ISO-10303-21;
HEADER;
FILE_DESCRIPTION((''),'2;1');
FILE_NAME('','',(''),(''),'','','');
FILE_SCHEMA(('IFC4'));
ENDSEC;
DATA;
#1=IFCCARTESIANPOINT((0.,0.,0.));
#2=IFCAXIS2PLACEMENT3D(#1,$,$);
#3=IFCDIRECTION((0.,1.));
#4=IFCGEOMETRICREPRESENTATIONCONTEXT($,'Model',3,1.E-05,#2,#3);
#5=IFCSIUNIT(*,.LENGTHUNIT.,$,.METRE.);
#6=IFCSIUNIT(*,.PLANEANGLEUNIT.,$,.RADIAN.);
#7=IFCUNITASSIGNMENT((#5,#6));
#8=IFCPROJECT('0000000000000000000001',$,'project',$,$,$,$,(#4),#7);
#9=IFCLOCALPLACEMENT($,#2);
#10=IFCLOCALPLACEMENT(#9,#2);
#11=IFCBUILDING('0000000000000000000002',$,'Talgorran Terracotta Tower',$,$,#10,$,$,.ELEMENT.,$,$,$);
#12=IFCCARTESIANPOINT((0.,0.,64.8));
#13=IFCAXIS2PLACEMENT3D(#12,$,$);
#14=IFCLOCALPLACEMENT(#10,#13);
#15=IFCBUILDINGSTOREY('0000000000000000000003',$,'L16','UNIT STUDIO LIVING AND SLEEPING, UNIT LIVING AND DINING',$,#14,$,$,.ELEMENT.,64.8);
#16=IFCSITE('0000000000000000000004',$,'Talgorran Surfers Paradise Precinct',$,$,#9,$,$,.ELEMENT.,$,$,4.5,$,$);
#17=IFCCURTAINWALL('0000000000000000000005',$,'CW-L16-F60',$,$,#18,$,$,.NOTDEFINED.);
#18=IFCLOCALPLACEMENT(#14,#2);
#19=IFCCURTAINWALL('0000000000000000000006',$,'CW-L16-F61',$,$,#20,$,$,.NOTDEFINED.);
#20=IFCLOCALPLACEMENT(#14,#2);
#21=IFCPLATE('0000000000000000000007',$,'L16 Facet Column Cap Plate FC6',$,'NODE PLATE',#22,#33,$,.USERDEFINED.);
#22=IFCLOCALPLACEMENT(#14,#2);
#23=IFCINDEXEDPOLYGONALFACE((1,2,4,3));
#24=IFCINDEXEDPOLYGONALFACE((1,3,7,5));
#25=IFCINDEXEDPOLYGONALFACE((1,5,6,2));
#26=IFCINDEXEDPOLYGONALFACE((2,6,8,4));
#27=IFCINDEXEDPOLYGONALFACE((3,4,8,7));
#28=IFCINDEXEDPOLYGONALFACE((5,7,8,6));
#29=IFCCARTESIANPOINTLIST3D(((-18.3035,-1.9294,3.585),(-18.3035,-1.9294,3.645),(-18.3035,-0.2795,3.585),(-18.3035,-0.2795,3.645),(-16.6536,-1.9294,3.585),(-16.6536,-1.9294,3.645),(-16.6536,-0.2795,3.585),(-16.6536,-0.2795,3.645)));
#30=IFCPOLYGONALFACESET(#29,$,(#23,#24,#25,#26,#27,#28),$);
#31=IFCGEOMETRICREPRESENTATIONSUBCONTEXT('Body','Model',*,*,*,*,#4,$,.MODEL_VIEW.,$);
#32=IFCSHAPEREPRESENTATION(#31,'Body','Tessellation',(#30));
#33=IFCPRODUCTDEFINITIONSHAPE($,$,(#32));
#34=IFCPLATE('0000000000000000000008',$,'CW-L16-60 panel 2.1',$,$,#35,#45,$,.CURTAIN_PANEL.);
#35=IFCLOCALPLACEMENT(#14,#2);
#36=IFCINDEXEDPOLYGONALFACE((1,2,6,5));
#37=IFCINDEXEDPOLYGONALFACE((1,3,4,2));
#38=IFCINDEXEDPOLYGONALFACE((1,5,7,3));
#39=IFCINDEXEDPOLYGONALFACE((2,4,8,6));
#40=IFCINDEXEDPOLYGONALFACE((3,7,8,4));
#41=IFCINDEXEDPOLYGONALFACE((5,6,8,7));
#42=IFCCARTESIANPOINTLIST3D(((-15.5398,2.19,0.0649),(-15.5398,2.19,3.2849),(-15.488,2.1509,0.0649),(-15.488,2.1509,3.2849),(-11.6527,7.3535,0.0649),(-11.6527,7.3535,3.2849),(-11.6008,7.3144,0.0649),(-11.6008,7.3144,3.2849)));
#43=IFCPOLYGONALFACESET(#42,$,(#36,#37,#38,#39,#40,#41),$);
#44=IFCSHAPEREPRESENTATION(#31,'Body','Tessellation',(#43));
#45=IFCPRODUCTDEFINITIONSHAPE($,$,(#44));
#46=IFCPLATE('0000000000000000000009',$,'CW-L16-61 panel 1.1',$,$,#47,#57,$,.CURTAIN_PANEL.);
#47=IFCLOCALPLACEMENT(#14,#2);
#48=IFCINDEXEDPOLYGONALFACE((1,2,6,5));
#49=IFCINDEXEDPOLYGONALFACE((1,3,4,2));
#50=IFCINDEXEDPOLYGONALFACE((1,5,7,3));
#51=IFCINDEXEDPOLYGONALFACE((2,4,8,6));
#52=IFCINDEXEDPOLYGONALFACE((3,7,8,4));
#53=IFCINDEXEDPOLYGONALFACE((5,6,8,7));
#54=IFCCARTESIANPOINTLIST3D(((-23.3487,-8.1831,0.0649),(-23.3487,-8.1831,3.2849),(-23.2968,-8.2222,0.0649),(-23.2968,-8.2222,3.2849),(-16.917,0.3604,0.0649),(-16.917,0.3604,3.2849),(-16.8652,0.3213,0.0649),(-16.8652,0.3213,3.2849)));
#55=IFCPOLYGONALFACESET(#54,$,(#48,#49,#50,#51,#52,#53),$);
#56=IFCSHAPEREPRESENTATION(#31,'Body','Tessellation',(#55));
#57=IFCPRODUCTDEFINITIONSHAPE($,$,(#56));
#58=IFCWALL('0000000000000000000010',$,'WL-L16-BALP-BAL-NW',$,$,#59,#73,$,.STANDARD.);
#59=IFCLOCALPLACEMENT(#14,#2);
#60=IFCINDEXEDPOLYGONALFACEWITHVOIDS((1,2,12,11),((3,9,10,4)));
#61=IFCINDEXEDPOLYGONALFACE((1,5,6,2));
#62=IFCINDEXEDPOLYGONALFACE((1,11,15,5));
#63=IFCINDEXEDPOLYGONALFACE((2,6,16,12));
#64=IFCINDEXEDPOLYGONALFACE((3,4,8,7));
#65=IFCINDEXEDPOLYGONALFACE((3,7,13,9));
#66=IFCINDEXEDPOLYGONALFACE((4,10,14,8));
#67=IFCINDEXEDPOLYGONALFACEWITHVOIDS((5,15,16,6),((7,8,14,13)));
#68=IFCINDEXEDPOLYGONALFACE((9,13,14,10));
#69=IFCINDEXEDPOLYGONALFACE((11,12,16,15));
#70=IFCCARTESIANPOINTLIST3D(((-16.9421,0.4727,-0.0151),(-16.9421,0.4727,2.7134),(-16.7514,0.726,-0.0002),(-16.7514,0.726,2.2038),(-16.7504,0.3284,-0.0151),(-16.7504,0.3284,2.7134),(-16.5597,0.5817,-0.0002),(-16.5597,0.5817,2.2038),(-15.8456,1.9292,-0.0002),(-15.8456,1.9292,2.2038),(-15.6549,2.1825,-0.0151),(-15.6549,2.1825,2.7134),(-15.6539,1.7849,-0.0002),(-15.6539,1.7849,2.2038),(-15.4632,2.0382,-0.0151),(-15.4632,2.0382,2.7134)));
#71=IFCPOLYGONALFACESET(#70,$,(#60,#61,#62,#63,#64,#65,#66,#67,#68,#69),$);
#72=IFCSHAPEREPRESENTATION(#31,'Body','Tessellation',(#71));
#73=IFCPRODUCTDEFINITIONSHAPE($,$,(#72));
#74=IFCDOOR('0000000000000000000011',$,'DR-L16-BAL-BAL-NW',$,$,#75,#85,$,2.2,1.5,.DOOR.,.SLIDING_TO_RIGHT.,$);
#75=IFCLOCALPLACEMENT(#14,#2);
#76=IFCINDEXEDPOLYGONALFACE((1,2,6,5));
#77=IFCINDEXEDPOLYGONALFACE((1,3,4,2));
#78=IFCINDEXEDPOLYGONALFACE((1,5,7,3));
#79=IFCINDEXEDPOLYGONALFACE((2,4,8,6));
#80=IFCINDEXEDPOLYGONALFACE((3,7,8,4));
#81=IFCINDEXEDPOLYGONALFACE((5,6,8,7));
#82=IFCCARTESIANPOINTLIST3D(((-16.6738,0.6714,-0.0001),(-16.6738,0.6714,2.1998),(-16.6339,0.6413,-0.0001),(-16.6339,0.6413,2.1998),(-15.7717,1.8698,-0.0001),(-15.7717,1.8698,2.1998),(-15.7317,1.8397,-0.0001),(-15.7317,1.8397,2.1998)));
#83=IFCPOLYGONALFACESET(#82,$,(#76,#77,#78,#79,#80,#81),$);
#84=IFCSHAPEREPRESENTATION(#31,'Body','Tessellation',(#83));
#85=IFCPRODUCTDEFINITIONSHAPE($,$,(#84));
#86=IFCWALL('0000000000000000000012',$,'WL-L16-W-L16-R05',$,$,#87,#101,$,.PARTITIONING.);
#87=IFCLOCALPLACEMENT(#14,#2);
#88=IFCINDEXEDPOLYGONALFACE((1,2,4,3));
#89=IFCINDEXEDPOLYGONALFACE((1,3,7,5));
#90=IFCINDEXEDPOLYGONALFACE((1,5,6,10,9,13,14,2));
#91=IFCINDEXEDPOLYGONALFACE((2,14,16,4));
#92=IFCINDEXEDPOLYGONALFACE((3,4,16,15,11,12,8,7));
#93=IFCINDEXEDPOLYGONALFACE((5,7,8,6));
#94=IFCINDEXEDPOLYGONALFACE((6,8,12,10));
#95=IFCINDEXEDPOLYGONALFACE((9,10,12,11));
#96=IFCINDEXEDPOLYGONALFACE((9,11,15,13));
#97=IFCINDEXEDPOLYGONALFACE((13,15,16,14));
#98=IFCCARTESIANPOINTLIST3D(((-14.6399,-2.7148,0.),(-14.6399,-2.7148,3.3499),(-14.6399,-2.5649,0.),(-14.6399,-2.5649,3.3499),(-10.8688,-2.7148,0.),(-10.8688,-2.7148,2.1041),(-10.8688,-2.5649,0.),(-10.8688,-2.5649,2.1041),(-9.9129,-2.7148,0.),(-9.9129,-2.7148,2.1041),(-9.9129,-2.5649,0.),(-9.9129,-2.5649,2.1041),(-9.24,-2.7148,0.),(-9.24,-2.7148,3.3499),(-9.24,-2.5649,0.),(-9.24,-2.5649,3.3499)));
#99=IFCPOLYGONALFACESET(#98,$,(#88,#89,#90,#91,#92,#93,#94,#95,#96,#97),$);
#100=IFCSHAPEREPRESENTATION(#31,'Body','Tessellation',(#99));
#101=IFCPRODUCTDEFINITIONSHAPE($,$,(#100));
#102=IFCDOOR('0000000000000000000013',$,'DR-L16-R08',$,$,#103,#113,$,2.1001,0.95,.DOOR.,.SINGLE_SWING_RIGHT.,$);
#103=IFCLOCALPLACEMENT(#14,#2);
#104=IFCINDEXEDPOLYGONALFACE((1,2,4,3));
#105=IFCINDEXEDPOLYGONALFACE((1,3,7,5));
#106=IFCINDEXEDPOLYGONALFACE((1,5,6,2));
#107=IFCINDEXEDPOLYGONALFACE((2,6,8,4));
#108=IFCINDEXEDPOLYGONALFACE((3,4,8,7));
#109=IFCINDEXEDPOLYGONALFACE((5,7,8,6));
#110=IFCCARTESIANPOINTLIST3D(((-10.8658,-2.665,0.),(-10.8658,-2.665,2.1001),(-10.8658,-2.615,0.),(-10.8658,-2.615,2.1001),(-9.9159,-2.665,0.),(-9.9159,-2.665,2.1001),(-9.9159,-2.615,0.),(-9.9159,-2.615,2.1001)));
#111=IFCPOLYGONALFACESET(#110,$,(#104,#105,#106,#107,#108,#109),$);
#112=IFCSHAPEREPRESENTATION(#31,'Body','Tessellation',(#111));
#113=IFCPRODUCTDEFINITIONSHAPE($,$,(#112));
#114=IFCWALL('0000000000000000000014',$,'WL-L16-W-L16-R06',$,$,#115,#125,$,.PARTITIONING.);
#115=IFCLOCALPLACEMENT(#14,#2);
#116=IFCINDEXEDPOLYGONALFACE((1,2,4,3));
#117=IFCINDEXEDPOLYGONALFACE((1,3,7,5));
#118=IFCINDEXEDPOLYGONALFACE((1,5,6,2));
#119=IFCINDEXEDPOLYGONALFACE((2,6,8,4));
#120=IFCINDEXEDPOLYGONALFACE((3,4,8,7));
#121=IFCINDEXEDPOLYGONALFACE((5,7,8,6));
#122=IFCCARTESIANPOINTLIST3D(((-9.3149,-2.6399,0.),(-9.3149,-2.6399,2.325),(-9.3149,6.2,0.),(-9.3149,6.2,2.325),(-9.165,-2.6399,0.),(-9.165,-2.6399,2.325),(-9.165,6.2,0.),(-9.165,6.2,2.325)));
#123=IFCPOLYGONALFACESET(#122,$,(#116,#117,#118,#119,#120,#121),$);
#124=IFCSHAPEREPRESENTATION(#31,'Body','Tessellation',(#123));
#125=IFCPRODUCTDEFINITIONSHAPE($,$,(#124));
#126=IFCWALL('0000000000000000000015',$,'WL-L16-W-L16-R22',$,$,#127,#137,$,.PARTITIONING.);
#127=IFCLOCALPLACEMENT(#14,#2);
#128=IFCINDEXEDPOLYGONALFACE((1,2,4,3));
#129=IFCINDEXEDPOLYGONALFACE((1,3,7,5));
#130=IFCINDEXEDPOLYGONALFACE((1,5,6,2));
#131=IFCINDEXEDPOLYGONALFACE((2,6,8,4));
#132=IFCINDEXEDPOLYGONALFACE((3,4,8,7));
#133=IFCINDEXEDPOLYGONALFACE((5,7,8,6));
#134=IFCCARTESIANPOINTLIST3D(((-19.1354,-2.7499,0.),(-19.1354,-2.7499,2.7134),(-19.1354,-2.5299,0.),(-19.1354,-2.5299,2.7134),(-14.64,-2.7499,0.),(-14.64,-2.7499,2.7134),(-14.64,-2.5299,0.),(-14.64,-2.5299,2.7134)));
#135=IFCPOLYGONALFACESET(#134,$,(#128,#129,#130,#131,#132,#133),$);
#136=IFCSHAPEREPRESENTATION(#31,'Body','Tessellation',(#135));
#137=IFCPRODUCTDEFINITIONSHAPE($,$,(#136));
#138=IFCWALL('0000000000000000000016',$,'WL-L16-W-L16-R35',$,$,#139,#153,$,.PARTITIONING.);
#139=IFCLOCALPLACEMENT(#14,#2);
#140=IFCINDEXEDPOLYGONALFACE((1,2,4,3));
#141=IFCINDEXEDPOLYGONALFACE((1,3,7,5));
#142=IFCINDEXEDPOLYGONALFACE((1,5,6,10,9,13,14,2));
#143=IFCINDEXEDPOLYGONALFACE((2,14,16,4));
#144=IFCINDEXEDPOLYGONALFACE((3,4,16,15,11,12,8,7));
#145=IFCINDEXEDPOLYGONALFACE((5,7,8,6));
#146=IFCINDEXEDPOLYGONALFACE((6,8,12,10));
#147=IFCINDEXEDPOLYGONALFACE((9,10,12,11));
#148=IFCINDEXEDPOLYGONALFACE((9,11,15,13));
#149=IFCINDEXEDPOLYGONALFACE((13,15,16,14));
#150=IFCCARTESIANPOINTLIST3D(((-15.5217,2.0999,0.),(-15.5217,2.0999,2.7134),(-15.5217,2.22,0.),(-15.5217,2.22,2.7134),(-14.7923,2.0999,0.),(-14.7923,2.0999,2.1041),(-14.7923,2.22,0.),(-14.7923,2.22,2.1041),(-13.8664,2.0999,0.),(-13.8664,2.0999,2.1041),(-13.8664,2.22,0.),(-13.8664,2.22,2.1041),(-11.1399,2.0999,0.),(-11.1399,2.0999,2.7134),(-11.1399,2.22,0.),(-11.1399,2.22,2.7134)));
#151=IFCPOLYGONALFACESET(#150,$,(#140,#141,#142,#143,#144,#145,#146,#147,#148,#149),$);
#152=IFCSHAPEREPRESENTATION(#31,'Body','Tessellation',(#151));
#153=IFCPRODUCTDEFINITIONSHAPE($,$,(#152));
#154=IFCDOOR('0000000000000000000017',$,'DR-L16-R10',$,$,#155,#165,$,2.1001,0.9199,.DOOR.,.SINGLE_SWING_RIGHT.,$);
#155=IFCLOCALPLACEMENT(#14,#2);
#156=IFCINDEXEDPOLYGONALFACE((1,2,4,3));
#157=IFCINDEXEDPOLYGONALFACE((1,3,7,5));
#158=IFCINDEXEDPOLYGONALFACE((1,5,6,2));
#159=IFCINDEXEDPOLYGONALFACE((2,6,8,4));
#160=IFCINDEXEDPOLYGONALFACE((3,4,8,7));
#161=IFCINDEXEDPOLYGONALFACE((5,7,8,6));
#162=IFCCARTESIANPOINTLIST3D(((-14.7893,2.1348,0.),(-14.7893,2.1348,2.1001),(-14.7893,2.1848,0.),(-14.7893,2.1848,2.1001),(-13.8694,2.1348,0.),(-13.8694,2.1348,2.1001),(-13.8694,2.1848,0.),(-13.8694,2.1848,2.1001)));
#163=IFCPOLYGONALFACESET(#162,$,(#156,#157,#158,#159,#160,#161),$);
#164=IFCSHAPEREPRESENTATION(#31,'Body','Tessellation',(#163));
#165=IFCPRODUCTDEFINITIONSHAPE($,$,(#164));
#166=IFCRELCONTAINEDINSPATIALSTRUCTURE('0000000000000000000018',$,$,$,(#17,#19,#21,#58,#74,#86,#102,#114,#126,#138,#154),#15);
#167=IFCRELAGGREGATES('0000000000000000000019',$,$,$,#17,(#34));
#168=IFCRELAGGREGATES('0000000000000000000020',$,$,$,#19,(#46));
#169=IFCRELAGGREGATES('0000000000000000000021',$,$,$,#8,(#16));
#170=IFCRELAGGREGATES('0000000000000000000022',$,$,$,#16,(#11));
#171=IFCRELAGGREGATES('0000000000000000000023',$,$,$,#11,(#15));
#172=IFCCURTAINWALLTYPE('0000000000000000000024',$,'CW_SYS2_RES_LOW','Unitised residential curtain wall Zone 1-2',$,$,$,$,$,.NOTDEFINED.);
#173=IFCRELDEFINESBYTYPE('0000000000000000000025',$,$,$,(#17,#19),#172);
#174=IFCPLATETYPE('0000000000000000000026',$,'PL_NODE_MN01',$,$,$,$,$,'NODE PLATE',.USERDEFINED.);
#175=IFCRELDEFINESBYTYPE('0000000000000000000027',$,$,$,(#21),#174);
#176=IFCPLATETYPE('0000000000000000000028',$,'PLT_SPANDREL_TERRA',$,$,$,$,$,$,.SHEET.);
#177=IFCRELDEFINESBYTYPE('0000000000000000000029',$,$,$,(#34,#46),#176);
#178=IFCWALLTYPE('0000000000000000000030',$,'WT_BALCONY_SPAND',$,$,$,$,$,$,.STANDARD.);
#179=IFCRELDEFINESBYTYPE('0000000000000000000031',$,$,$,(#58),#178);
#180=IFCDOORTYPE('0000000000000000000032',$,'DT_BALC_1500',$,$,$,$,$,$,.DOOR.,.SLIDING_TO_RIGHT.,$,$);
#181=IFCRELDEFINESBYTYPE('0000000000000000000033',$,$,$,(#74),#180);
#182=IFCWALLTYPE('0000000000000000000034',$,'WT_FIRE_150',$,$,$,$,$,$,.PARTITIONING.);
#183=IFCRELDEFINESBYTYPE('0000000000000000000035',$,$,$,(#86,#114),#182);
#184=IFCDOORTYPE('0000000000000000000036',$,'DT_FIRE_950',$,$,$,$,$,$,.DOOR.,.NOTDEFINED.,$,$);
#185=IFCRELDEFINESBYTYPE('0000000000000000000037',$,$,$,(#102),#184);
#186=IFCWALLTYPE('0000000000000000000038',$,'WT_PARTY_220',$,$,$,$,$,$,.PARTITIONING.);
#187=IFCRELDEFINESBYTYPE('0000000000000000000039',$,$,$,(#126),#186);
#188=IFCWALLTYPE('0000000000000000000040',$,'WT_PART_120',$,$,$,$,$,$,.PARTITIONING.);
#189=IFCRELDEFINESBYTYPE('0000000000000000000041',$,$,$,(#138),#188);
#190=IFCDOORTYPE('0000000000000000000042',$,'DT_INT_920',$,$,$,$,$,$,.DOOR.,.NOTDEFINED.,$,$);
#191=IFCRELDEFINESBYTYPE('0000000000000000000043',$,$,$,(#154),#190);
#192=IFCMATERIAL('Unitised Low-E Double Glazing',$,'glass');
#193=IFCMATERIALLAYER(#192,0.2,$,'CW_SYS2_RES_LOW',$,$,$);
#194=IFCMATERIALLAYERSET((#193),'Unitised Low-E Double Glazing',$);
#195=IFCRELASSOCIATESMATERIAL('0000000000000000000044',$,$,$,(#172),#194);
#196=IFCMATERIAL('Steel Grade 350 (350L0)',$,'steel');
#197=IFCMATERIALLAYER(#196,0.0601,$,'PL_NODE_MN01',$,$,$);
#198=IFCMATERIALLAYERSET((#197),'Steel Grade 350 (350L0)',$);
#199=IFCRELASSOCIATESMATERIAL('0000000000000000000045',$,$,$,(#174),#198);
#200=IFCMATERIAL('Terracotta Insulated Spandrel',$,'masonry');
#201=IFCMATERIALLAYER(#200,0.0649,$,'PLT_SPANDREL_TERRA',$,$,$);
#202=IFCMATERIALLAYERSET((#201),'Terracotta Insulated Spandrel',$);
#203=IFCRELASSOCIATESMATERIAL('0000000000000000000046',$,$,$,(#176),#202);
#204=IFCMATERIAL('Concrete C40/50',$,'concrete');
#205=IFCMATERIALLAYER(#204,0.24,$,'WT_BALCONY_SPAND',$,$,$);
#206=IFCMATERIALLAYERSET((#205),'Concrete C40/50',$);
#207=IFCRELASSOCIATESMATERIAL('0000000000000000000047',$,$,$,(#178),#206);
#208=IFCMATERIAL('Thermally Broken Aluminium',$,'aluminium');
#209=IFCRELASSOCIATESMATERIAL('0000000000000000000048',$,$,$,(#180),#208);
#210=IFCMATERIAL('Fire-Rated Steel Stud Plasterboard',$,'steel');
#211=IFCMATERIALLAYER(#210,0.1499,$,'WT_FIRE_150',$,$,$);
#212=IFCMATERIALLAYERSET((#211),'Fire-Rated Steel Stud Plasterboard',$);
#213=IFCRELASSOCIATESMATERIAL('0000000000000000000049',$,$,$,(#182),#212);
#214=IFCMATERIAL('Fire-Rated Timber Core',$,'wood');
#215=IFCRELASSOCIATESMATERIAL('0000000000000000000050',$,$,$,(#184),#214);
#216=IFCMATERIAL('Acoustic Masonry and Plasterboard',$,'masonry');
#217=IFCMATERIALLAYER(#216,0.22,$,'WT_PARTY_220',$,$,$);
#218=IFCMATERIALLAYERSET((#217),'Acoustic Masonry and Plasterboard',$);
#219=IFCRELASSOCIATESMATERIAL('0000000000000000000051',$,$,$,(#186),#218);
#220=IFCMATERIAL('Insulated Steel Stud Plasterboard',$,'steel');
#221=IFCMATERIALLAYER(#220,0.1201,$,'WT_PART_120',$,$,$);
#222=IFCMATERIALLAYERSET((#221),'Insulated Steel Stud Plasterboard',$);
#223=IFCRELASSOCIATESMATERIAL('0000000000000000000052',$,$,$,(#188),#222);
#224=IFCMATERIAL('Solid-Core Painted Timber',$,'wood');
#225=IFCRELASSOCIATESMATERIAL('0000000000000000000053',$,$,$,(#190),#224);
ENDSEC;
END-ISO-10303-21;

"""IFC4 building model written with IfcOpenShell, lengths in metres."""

from ifc_helpers import new_model, si_unit, direction, frame, frame_2d, origin, origin_2d, place, context, subcontext, project, spatial, rectangle, extrude, source, transform, mapped, material, layer, layer_set, type_object, type_shapes, element, fill, aggregate, save


model = new_model("IFC4")

# Units and contexts
model_context = context("Model", 3, precision=1e-05, world=origin(), true_north=direction((0.0, 1.0)))
body_context = subcontext(model_context, "Body", "Model", "MODEL_VIEW")
ifc_project = project(units=[si_unit("LENGTHUNIT", "METRE"), si_unit("PLANEANGLEUNIT", "RADIAN")], contexts=[model_context])

# Site, building, storey
site_placement = place(None, origin())
site = spatial("IfcSite", under=ifc_project, at=site_placement, Name="Talgorran Surfers Paradise Precinct", CompositionType="ELEMENT", RefElevation=4.5)
building_placement = place(site_placement, origin())
building = spatial("IfcBuilding", under=site, at=building_placement, Name="Talgorran Terracotta Tower", CompositionType="ELEMENT")
storey_placement = place(building_placement, frame((0.0, 0.0, 64.8)))
storey = spatial("IfcBuildingStorey", under=building, at=storey_placement, Name="L16", Description="UNIT STUDIO LIVING AND SLEEPING, UNIT LIVING AND DINING", CompositionType="ELEMENT", Elevation=64.8)

# Shared definitions
ifc_material_1 = material(Name="Steel Grade 350 (350L0)", Category="steel")

# Curtain wall
ifc_material_2 = material(Name="Unitised Low-E Double Glazing", Category="glass")
ifc_layer_1 = layer(ifc_material_2, 0.2, Name="CW_SYS2_RES_LOW")
ifc_layer_set_1 = layer_set([ifc_layer_1], Name="Unitised Low-E Double Glazing")
curtain_wall_type = type_object("IfcCurtainWallType", Name="CW_SYS2_RES_LOW", Description="Unitised residential curtain wall Zone 1-2", PredefinedType="NOTDEFINED", material=ifc_layer_set_1)
curtain_wall_1_placement = place(storey_placement, origin())
curtain_wall_1 = element("IfcCurtainWall", 1, at=curtain_wall_1_placement, inside=storey, type_object=curtain_wall_type, Name="CW-L16-F60", PredefinedType="NOTDEFINED")

# Curtain wall
curtain_wall_2_placement = place(storey_placement, origin())
curtain_wall_2 = element("IfcCurtainWall", 2, at=curtain_wall_2_placement, inside=storey, type_object=curtain_wall_type, Name="CW-L16-F61", PredefinedType="NOTDEFINED")

# Plates
ifc_layer_2 = layer(ifc_material_1, 0.0601, Name="PL_NODE_MN01")
ifc_layer_set_2 = layer_set([ifc_layer_2], Name="Steel Grade 350 (350L0)")
plate_type_1 = type_object("IfcPlateType", Name="PL_NODE_MN01", ElementType="NODE PLATE", PredefinedType="USERDEFINED", material=ifc_layer_set_2)
plate_1_placement = place(storey_placement, frame((-17.4785, -1.1045, 3.585), z_axis=(0.0, 0.0, 1.0), x_axis=(1.0, 0.0, 0.0)))
element("IfcPlate", 3, at=plate_1_placement, inside=storey, type_object=plate_type_1, Name="L16 Facet Column Cap Plate FC6", ObjectType="NODE PLATE", PredefinedType="USERDEFINED", context=body_context, shape_type="SweptSolid", body=[
    extrude(rectangle(XDim=1.6499, YDim=1.6499, at=origin_2d()), origin(), (0.0, 0.0, 1.0), 0.0601),
])
ifc_material_3 = material(Name="Terracotta Insulated Spandrel", Category="masonry")
ifc_layer_3 = layer(ifc_material_3, 0.0649, Name="PLT_SPANDREL_TERRA")
ifc_layer_set_3 = layer_set([ifc_layer_3], Name="Terracotta Insulated Spandrel")
plate_type_2 = type_object("IfcPlateType", Name="PLT_SPANDREL_TERRA", PredefinedType="SHEET", material=ifc_layer_set_3)
shared_shape_1 = source(origin(), body_context, "Body", "SweptSolid", [
    extrude(rectangle(XDim=6.4631, YDim=0.0649, at=origin_2d()), origin(), (0.0, 0.0, 1.0), 3.22),
])
plate_2_placement = place(storey_placement, frame((-13.5703, 4.7522, 0.0649), z_axis=(0.0, 0.0, 1.0), x_axis=(-0.601439, -0.798919, 0.0)))
plate_2 = element("IfcPlate", 4, at=plate_2_placement, type_object=plate_type_2, Name="CW-L16-60 panel 2.1", PredefinedType="CURTAIN_PANEL", context=body_context, shape_type="MappedRepresentation", body=[
    mapped(shared_shape_1, transform((0.0, 0.0, 0.0), scale=1.0)),
])
aggregate(curtain_wall_1, [plate_2])
shared_shape_2 = source(origin(), body_context, "Body", "SweptSolid", [
    extrude(rectangle(XDim=10.6938, YDim=0.0649, at=origin_2d()), origin(), (0.0, 0.0, 1.0), 3.22),
])
type_shapes(plate_type_2, [shared_shape_1, shared_shape_2])
plate_3_placement = place(storey_placement, frame((-20.1069, -3.9309, 0.0649), z_axis=(0.0, 0.0, 1.0), x_axis=(-0.601437, -0.79892, 0.0)))
plate_3 = element("IfcPlate", 5, at=plate_3_placement, type_object=plate_type_2, Name="CW-L16-61 panel 1.1", PredefinedType="CURTAIN_PANEL", context=body_context, shape_type="MappedRepresentation", body=[
    mapped(shared_shape_2, transform((0.0, 0.0, 0.0), scale=1.0)),
])
aggregate(curtain_wall_2, [plate_3])

# Walls, openings, doors
ifc_material_4 = material(Name="Concrete C40/50", Category="concrete")
ifc_layer_4 = layer(ifc_material_4, 0.24, Name="WT_BALCONY_SPAND")
ifc_layer_set_4 = layer_set([ifc_layer_4], Name="Concrete C40/50")
wall_type_1 = type_object("IfcWallType", Name="WT_BALCONY_SPAND", PredefinedType="STANDARD", material=ifc_layer_set_4)
wall_1_placement = place(storey_placement, frame((-15.5591, 2.1104, -0.0151), z_axis=(0.0, 0.0, 1.0), x_axis=(-0.601441, -0.798917, 0.0)))
wall_1 = element("IfcWall", 6, at=wall_1_placement, inside=storey, type_object=wall_type_1, Name="WL-L16-BALP-BAL-NW", PredefinedType="STANDARD", context=body_context, shape_type="SweptSolid", body=[
    extrude(rectangle(XDim=2.1401, YDim=0.24, at=frame_2d((1.0701, 0.0))), origin(), (0.0, 0.0, 1.0), 2.7285),
])
opening_1_placement = place(wall_1_placement, frame((0.3201, 0.0, 0.0149)))
opening_1 = element("IfcOpeningElement", 7, at=opening_1_placement, cuts=wall_1, PredefinedType="OPENING", context=body_context, shape_type="SweptSolid", body=[
    extrude(rectangle(XDim=1.506, YDim=2.204, at=frame_2d((0.75, 1.1021))), frame((0.0, 0.1299, 0.0), z_axis=(0.0, -1.0, 0.0), x_axis=(1.0, 0.0, 0.0)), (0.0, 0.0, 1.0), 0.26),
])
ifc_material_5 = material(Name="Thermally Broken Aluminium", Category="aluminium")
door_type_1 = type_object("IfcDoorType", Name="DT_BALC_1500", OperationType="SLIDING_TO_RIGHT", PredefinedType="DOOR", material=ifc_material_5)
door_1_placement = place(opening_1_placement, origin())
door_1 = element("IfcDoor", 8, at=door_1_placement, inside=storey, type_object=door_type_1, Name="DR-L16-BAL-BAL-NW", OperationType="SLIDING_TO_RIGHT", OverallHeight=2.2, OverallWidth=1.5, PredefinedType="DOOR", context=body_context, shape_type="SweptSolid", body=[
    extrude(rectangle(XDim=1.5, YDim=2.2, at=frame_2d((0.75, 1.1001))), frame((0.0, 0.0249, 0.0), z_axis=(0.0, -1.0, 0.0), x_axis=(1.0, 0.0, 0.0)), (0.0, 0.0, 1.0), 0.05),
])
fill(opening_1, door_1)
ifc_material_6 = material(Name="Fire-Rated Steel Stud Plasterboard", Category="steel")
ifc_layer_5 = layer(ifc_material_6, 0.1499, Name="WT_FIRE_150")
ifc_layer_set_5 = layer_set([ifc_layer_5], Name="Fire-Rated Steel Stud Plasterboard")
wall_type_2 = type_object("IfcWallType", Name="WT_FIRE_150", PredefinedType="PARTITIONING", material=ifc_layer_set_5)
wall_2_placement = place(storey_placement, frame((-14.6399, -2.6399, 0.0), z_axis=(0.0, 0.0, 1.0), x_axis=(1.0, 0.0, 0.0)))
wall_2 = element("IfcWall", 9, at=wall_2_placement, inside=storey, type_object=wall_type_2, Name="WL-L16-W-L16-R05", PredefinedType="PARTITIONING", context=body_context, shape_type="SweptSolid", body=[
    extrude(rectangle(XDim=5.3999, YDim=0.1499, at=frame_2d((2.7, 0.0))), origin(), (0.0, 0.0, 1.0), 3.3499),
])
opening_2_placement = place(wall_2_placement, frame((3.7739, 0.0, 0.0)))
opening_2 = element("IfcOpeningElement", 10, at=opening_2_placement, cuts=wall_2, PredefinedType="OPENING", context=body_context, shape_type="SweptSolid", body=[
    extrude(rectangle(XDim=0.956, YDim=2.1041, at=frame_2d((0.4751, 1.052))), frame((0.0, 0.085, 0.0), z_axis=(0.0, -1.0, 0.0), x_axis=(1.0, 0.0, 0.0)), (0.0, 0.0, 1.0), 0.1699),
])
ifc_material_7 = material(Name="Fire-Rated Timber Core", Category="wood")
door_type_2 = type_object("IfcDoorType", Name="DT_FIRE_950", OperationType="NOTDEFINED", PredefinedType="DOOR", material=ifc_material_7)
door_2_placement = place(opening_2_placement, origin())
door_2 = element("IfcDoor", 11, at=door_2_placement, inside=storey, type_object=door_type_2, Name="DR-L16-R08", OperationType="SINGLE_SWING_RIGHT", OverallHeight=2.1001, OverallWidth=0.95, PredefinedType="DOOR", context=body_context, shape_type="SweptSolid", body=[
    extrude(rectangle(XDim=0.95, YDim=2.1001, at=frame_2d((0.4751, 1.05))), frame((0.0, 0.0249, 0.0), z_axis=(0.0, -1.0, 0.0), x_axis=(1.0, 0.0, 0.0)), (0.0, 0.0, 1.0), 0.05),
])
fill(opening_2, door_2)

# Walls
wall_3_placement = place(storey_placement, frame((-9.24, -2.6399, 0.0), z_axis=(0.0, 0.0, 1.0), x_axis=(0.0, 1.0, 0.0)))
element("IfcWall", 12, at=wall_3_placement, inside=storey, type_object=wall_type_2, Name="WL-L16-W-L16-R06", PredefinedType="PARTITIONING", context=body_context, shape_type="SweptSolid", body=[
    extrude(rectangle(XDim=8.8398, YDim=0.1499, at=frame_2d((4.4199, 0.0))), origin(), (0.0, 0.0, 1.0), 2.325),
])
ifc_material_8 = material(Name="Acoustic Masonry and Plasterboard", Category="masonry")
ifc_layer_6 = layer(ifc_material_8, 0.22, Name="WT_PARTY_220")
ifc_layer_set_6 = layer_set([ifc_layer_6], Name="Acoustic Masonry and Plasterboard")
wall_type_3 = type_object("IfcWallType", Name="WT_PARTY_220", PredefinedType="PARTITIONING", material=ifc_layer_set_6)
wall_4_placement = place(storey_placement, frame((-19.1353, -2.6399, 0.0), z_axis=(0.0, 0.0, 1.0), x_axis=(1.0, 0.0, 0.0)))
element("IfcWall", 13, at=wall_4_placement, inside=storey, type_object=wall_type_3, Name="WL-L16-W-L16-R22", PredefinedType="PARTITIONING", context=body_context, shape_type="SweptSolid", body=[
    extrude(rectangle(XDim=4.4954, YDim=0.22, at=frame_2d((2.2476, 0.0))), origin(), (0.0, 0.0, 1.0), 2.7134),
])

# Wall, opening, door
ifc_material_9 = material(Name="Insulated Steel Stud Plasterboard", Category="steel")
ifc_layer_7 = layer(ifc_material_9, 0.1201, Name="WT_PART_120")
ifc_layer_set_7 = layer_set([ifc_layer_7], Name="Insulated Steel Stud Plasterboard")
wall_type_4 = type_object("IfcWallType", Name="WT_PART_120", PredefinedType="PARTITIONING", material=ifc_layer_set_7)
wall_5_placement = place(storey_placement, frame((-15.5217, 2.1599, 0.0), z_axis=(0.0, 0.0, 1.0), x_axis=(1.0, 0.0, 0.0)))
wall_5 = element("IfcWall", 14, at=wall_5_placement, inside=storey, type_object=wall_type_4, Name="WL-L16-W-L16-R35", PredefinedType="PARTITIONING", context=body_context, shape_type="SweptSolid", body=[
    extrude(rectangle(XDim=4.3818, YDim=0.1201, at=frame_2d((2.1909, 0.0))), origin(), (0.0, 0.0, 1.0), 2.7134),
])
opening_3_placement = place(wall_5_placement, frame((0.7324, 0.0, 0.0)))
opening_3 = element("IfcOpeningElement", 15, at=opening_3_placement, cuts=wall_5, PredefinedType="OPENING", context=body_context, shape_type="SweptSolid", body=[
    extrude(rectangle(XDim=0.9259, YDim=2.1041, at=frame_2d((0.46, 1.052))), frame((0.0, 0.0701, 0.0), z_axis=(0.0, -1.0, 0.0), x_axis=(1.0, 0.0, 0.0)), (0.0, 0.0, 1.0), 0.1401),
])
ifc_material_10 = material(Name="Solid-Core Painted Timber", Category="wood")
door_type_3 = type_object("IfcDoorType", Name="DT_INT_920", OperationType="NOTDEFINED", PredefinedType="DOOR", material=ifc_material_10)
door_3_placement = place(opening_3_placement, origin())
door_3 = element("IfcDoor", 16, at=door_3_placement, inside=storey, type_object=door_type_3, Name="DR-L16-R10", OperationType="SINGLE_SWING_RIGHT", OverallHeight=2.1001, OverallWidth=0.9199, PredefinedType="DOOR", context=body_context, shape_type="SweptSolid", body=[
    extrude(rectangle(XDim=0.9199, YDim=2.1001, at=frame_2d((0.46, 1.05))), frame((0.0, 0.0249, 0.0), z_axis=(0.0, -1.0, 0.0), x_axis=(1.0, 0.0, 0.0)), (0.0, 0.0, 1.0), 0.05),
])
fill(opening_3, door_3)

save(model, "model.ifc")
